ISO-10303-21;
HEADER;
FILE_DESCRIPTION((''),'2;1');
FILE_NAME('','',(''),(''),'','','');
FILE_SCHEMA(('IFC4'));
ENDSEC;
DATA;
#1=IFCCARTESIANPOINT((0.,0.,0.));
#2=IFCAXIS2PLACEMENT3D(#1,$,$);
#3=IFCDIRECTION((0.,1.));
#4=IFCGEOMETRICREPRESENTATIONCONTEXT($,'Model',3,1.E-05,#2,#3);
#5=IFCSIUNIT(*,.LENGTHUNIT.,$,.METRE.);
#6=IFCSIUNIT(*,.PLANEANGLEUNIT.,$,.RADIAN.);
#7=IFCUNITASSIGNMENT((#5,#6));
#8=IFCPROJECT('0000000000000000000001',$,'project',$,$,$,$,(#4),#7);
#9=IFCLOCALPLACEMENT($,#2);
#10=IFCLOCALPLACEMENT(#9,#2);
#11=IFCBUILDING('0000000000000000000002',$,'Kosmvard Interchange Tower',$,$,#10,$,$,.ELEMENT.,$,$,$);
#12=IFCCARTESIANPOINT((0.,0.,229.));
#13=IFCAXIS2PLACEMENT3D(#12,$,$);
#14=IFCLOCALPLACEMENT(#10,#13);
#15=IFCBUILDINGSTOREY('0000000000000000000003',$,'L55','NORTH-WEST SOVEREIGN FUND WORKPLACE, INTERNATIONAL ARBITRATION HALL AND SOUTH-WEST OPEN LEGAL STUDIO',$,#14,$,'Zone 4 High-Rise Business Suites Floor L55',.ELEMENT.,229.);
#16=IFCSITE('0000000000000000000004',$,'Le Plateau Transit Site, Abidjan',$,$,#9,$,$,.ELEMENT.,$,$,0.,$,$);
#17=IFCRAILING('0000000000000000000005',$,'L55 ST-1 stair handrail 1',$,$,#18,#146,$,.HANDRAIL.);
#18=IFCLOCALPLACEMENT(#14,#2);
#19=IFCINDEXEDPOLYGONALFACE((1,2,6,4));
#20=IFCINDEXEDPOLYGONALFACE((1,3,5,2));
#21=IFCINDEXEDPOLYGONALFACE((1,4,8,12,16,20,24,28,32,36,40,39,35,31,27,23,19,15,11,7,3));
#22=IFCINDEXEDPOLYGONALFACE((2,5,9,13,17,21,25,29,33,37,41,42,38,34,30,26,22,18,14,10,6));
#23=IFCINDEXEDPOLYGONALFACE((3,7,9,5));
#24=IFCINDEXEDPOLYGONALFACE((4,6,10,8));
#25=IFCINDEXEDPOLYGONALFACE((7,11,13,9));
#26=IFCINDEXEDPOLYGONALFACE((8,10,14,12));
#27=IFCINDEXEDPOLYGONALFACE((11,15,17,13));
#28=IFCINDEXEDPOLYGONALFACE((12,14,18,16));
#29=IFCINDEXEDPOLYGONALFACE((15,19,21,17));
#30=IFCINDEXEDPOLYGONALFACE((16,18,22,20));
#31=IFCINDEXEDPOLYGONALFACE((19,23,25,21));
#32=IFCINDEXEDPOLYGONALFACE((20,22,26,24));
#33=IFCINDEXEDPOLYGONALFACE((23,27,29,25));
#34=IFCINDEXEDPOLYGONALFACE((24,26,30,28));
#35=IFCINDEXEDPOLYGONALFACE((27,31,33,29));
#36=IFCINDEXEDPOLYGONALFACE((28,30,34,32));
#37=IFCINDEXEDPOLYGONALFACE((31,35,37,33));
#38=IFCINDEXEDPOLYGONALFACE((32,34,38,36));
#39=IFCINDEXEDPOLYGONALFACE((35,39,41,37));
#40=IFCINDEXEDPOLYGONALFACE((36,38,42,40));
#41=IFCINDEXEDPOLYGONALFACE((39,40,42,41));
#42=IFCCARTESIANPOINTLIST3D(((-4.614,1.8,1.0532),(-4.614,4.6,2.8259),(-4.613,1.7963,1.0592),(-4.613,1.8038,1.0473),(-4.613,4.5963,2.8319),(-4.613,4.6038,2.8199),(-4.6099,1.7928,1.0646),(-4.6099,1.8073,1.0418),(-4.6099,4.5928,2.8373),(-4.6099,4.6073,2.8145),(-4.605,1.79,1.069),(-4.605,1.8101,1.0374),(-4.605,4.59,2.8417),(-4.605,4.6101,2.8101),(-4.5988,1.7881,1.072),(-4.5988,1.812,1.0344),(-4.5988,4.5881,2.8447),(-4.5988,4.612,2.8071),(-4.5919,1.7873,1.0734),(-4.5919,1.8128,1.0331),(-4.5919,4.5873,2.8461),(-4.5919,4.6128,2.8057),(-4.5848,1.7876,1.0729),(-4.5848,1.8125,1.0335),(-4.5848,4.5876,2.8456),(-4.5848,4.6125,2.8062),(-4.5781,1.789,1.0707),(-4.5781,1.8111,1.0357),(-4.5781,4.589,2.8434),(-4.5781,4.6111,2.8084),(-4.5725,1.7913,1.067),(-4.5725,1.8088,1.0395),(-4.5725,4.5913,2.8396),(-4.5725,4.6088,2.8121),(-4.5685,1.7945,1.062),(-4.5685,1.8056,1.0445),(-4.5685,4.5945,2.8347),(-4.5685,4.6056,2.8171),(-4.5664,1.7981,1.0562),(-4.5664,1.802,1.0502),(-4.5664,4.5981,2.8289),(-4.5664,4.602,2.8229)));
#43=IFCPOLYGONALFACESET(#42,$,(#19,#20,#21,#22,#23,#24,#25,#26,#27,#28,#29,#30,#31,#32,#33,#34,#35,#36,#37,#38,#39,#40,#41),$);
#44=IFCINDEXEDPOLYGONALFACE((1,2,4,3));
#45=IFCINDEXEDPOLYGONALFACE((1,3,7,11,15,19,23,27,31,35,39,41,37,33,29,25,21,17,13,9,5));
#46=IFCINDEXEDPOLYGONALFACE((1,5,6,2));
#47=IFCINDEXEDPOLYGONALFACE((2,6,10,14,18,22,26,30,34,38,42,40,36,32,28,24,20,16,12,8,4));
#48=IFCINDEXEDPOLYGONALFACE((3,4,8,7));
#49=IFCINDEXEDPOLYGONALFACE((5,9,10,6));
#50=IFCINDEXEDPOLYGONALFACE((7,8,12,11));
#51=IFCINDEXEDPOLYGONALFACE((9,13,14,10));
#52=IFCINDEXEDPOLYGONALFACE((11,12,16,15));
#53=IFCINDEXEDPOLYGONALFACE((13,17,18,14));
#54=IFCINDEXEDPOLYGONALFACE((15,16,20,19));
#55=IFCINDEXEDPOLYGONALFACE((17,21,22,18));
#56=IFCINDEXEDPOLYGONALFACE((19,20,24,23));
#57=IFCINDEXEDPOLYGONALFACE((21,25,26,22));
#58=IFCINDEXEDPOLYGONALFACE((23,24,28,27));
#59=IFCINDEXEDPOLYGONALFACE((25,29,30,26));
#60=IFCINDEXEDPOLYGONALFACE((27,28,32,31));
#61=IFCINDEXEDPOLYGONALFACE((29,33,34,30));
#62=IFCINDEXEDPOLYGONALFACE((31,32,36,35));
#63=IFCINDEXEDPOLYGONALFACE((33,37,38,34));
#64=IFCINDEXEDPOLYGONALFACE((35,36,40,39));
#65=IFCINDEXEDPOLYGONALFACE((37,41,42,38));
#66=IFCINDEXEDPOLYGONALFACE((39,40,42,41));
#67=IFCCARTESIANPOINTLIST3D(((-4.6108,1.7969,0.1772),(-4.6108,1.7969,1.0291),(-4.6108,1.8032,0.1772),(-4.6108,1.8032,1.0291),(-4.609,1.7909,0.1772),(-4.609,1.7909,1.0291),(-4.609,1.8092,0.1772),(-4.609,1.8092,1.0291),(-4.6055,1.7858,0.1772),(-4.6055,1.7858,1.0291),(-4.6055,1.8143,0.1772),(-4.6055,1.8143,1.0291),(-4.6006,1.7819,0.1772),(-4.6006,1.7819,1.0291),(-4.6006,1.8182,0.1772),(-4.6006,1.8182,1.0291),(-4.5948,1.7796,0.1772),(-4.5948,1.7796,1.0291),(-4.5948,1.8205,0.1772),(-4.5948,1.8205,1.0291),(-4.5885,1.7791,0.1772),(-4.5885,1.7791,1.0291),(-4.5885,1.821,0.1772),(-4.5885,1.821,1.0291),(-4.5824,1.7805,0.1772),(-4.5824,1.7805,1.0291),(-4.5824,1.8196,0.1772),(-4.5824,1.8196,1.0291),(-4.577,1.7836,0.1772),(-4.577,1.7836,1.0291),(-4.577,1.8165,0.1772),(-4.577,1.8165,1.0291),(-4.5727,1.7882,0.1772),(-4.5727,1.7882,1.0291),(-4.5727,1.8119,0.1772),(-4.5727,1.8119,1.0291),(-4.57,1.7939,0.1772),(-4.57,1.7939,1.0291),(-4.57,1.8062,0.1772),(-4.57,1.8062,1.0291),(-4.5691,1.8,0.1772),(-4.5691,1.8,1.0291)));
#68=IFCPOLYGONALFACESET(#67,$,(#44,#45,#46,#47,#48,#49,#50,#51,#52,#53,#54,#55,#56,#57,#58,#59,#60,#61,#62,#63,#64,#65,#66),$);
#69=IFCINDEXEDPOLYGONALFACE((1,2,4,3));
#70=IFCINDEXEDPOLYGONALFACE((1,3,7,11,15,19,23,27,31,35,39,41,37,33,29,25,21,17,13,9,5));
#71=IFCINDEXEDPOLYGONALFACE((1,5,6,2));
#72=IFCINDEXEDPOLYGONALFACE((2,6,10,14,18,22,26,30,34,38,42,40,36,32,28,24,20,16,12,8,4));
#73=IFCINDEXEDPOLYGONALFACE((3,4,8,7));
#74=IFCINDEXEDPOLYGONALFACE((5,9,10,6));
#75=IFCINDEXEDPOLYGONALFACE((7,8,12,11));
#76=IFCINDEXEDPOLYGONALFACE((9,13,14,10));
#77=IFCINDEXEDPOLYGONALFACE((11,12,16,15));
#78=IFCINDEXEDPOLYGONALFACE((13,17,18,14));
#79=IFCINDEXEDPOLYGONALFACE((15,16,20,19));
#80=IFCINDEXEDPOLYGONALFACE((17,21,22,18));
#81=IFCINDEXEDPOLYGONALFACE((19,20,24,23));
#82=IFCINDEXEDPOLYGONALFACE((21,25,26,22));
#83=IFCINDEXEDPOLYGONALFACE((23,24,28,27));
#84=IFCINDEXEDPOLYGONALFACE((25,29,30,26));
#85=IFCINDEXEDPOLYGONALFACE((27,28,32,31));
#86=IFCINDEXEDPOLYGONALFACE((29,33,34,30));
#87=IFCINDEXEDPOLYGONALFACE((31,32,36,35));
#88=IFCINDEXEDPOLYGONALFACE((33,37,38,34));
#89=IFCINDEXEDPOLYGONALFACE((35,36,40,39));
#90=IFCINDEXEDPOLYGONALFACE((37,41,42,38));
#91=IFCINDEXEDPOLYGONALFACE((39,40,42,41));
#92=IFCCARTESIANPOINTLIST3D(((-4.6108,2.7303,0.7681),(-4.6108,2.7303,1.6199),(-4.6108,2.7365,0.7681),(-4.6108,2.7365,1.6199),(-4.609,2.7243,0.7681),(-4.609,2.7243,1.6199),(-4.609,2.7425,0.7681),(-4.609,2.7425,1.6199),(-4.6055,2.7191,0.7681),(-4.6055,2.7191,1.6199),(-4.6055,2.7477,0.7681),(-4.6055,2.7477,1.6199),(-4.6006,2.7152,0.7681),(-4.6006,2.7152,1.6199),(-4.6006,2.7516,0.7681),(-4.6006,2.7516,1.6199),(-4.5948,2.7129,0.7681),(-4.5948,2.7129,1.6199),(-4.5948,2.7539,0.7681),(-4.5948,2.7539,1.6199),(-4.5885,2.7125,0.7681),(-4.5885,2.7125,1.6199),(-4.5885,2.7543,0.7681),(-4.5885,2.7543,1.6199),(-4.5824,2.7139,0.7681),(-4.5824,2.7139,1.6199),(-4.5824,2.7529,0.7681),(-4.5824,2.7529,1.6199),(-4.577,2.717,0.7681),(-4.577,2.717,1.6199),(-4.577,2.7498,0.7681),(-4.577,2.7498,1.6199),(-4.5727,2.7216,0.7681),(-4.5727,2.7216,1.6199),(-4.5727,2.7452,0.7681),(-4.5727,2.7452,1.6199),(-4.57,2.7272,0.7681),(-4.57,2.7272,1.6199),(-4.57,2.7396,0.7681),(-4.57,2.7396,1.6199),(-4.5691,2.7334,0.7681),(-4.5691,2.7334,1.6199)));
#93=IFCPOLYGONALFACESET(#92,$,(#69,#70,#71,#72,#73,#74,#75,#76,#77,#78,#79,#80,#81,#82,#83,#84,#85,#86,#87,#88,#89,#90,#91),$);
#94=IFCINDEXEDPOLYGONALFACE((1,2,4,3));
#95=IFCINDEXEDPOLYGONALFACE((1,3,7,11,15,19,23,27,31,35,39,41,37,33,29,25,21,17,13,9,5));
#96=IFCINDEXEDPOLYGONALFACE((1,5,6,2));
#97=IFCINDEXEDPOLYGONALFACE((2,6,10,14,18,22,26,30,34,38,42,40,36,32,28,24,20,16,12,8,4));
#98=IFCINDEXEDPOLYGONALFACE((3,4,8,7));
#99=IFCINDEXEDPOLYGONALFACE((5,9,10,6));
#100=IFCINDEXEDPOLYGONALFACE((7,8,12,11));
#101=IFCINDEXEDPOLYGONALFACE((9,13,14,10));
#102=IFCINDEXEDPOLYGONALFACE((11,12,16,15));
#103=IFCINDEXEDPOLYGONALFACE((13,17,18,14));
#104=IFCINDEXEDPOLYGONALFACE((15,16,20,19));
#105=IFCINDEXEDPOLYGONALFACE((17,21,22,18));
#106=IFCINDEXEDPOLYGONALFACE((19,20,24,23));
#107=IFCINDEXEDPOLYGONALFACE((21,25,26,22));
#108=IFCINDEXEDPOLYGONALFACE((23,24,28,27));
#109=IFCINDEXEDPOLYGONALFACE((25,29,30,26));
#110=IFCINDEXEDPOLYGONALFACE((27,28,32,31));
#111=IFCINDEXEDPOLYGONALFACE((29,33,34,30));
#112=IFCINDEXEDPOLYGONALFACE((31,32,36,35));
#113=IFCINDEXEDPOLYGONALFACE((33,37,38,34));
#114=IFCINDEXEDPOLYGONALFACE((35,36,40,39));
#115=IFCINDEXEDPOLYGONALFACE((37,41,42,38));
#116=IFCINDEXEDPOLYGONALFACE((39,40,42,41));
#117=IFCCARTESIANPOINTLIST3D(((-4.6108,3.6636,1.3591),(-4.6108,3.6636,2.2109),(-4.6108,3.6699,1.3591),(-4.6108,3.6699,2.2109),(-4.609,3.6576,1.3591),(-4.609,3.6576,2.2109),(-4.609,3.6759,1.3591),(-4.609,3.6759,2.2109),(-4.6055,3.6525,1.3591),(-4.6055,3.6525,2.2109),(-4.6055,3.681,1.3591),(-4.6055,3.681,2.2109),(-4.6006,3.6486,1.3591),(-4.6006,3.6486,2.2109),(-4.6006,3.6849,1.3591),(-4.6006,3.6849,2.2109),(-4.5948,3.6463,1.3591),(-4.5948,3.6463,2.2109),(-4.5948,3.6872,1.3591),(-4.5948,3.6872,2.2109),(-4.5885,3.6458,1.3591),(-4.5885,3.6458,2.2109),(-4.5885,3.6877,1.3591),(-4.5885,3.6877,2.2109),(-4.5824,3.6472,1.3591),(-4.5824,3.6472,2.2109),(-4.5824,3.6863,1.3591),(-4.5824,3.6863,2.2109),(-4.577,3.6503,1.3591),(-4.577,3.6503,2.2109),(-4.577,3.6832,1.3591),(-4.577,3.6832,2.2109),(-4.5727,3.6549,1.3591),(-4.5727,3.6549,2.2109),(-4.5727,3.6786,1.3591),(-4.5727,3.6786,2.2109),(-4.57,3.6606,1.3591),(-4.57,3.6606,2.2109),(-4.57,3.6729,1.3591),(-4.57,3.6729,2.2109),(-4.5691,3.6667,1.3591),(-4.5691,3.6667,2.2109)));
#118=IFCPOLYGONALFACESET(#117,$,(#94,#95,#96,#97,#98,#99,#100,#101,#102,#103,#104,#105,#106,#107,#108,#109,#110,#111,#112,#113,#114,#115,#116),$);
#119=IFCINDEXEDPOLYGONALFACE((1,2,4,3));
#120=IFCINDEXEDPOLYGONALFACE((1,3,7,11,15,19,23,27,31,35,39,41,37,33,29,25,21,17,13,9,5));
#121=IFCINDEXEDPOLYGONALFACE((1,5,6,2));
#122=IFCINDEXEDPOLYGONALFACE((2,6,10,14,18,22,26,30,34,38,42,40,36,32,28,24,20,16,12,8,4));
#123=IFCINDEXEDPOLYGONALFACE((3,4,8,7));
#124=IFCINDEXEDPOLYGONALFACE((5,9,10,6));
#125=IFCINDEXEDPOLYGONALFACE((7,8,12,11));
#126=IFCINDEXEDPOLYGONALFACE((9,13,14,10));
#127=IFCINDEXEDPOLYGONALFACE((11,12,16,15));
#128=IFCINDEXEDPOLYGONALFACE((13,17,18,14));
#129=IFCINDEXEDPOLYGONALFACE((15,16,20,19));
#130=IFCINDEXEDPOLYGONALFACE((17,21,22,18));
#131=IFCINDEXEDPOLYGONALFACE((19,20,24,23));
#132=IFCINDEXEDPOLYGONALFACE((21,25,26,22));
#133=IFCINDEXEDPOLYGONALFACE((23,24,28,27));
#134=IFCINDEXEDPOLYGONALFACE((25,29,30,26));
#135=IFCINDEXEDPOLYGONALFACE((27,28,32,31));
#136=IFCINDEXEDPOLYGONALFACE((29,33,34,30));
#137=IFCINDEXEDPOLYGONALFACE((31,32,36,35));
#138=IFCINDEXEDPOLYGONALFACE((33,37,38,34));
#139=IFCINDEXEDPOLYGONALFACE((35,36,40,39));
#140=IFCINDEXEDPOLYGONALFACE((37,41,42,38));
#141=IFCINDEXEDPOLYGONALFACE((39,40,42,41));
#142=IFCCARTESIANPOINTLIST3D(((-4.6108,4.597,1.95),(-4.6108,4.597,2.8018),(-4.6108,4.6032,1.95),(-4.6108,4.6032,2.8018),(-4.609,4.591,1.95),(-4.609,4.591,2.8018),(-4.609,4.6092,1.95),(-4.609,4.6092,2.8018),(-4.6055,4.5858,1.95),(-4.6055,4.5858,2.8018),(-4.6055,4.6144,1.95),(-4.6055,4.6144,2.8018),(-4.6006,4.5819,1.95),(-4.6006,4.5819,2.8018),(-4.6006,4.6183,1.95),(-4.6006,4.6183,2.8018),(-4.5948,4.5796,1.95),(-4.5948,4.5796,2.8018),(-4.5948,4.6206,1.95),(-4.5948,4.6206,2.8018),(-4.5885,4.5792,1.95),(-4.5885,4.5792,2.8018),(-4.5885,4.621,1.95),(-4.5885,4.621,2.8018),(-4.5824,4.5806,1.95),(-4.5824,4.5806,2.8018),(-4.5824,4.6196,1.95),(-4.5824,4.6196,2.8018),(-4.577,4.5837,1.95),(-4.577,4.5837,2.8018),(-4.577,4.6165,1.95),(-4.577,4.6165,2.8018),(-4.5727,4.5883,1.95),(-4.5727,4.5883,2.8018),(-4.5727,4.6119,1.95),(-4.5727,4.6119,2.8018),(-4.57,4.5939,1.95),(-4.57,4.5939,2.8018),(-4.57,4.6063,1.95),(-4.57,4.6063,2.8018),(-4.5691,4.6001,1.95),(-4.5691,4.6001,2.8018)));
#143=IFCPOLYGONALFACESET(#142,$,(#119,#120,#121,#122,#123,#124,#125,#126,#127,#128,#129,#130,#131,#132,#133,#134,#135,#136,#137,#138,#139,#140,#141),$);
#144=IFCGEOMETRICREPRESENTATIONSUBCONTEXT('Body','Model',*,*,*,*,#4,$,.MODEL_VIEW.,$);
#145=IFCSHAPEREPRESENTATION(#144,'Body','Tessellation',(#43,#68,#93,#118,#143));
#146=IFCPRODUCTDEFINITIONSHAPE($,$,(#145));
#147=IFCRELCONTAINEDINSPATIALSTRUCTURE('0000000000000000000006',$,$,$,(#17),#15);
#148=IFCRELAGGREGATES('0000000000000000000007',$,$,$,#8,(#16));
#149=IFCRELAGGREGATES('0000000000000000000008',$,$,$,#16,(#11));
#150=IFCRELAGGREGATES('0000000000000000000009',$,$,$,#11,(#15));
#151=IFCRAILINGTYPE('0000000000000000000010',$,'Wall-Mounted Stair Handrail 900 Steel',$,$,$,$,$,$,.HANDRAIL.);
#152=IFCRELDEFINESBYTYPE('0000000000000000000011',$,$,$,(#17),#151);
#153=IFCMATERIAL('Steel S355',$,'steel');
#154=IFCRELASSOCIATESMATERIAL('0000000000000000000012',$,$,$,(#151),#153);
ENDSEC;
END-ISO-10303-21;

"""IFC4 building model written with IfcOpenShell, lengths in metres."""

from ifc_helpers import new_model, si_unit, direction, frame, origin, origin_2d, place, context, subcontext, project, spatial, circle, extrude, source, transform, mapped, material, type_object, element, save


model = new_model("IFC4")

# Units and contexts
model_context = context("Model", 3, precision=1e-05, world=origin(), true_north=direction((0.0, 1.0)))
body_context = subcontext(model_context, "Body", "Model", "MODEL_VIEW")
ifc_project = project(units=[si_unit("LENGTHUNIT", "METRE"), si_unit("PLANEANGLEUNIT", "RADIAN")], contexts=[model_context])

# Site, building, storey
site_placement = place(None, origin())
site = spatial("IfcSite", under=ifc_project, at=site_placement, Name="Le Plateau Transit Site, Abidjan", CompositionType="ELEMENT", RefElevation=0.0)
building_placement = place(site_placement, origin())
building = spatial("IfcBuilding", under=site, at=building_placement, Name="Kosmvard Interchange Tower", CompositionType="ELEMENT")
storey_placement = place(building_placement, frame((0.0, 0.0, 229.0)))
storey = spatial("IfcBuildingStorey", under=building, at=storey_placement, Name="L55", Description="NORTH-WEST SOVEREIGN FUND WORKPLACE, INTERNATIONAL ARBITRATION HALL AND SOUTH-WEST OPEN LEGAL STUDIO", LongName="Zone 4 High-Rise Business Suites Floor L55", CompositionType="ELEMENT", Elevation=229.0)

# Railing
ifc_material_1 = material(Name="Steel S355", Category="steel")
railing_type_1 = type_object("IfcRailingType", Name="Wall-Mounted Stair Handrail 900 Steel", PredefinedType="HANDRAIL", material=ifc_material_1)
shared_shape_1 = source(origin(), body_context, "Body", "SweptSolid", [
    extrude(circle(Radius=0.0239, at=origin_2d()), frame((0.0, 0.0, 0.876), z_axis=(0.0, 0.844909, 0.53491), x_axis=(-1.0, 0.0, 0.0)), (0.0, 0.0, 1.0), 3.314),
    extrude(circle(Radius=0.021, at=origin_2d()), origin(), (0.0, 0.0, 1.0), 0.8518),
    extrude(circle(Radius=0.021, at=origin_2d()), frame((0.0, 0.9333, 0.5908)), (0.0, 0.0, 1.0), 0.8518),
    extrude(circle(Radius=0.021, at=origin_2d()), frame((0.0, 1.8667, 1.1819)), (0.0, 0.0, 1.0), 0.8518),
    extrude(circle(Radius=0.021, at=origin_2d()), frame((0.0, 2.8, 1.7727)), (0.0, 0.0, 1.0), 0.8518),
])
railing_1_placement = place(storey_placement, frame((-4.5901, 1.8, 0.1772)))
element("IfcRailing", 1, at=railing_1_placement, inside=storey, type_object=railing_type_1, Name="L55 ST-1 stair handrail 1", PredefinedType="HANDRAIL", context=body_context, shape_type="MappedRepresentation", body=[
    mapped(shared_shape_1, transform((0.0, 0.0, 0.0), scale=1.0)),
])

save(model, "model.ifc")
